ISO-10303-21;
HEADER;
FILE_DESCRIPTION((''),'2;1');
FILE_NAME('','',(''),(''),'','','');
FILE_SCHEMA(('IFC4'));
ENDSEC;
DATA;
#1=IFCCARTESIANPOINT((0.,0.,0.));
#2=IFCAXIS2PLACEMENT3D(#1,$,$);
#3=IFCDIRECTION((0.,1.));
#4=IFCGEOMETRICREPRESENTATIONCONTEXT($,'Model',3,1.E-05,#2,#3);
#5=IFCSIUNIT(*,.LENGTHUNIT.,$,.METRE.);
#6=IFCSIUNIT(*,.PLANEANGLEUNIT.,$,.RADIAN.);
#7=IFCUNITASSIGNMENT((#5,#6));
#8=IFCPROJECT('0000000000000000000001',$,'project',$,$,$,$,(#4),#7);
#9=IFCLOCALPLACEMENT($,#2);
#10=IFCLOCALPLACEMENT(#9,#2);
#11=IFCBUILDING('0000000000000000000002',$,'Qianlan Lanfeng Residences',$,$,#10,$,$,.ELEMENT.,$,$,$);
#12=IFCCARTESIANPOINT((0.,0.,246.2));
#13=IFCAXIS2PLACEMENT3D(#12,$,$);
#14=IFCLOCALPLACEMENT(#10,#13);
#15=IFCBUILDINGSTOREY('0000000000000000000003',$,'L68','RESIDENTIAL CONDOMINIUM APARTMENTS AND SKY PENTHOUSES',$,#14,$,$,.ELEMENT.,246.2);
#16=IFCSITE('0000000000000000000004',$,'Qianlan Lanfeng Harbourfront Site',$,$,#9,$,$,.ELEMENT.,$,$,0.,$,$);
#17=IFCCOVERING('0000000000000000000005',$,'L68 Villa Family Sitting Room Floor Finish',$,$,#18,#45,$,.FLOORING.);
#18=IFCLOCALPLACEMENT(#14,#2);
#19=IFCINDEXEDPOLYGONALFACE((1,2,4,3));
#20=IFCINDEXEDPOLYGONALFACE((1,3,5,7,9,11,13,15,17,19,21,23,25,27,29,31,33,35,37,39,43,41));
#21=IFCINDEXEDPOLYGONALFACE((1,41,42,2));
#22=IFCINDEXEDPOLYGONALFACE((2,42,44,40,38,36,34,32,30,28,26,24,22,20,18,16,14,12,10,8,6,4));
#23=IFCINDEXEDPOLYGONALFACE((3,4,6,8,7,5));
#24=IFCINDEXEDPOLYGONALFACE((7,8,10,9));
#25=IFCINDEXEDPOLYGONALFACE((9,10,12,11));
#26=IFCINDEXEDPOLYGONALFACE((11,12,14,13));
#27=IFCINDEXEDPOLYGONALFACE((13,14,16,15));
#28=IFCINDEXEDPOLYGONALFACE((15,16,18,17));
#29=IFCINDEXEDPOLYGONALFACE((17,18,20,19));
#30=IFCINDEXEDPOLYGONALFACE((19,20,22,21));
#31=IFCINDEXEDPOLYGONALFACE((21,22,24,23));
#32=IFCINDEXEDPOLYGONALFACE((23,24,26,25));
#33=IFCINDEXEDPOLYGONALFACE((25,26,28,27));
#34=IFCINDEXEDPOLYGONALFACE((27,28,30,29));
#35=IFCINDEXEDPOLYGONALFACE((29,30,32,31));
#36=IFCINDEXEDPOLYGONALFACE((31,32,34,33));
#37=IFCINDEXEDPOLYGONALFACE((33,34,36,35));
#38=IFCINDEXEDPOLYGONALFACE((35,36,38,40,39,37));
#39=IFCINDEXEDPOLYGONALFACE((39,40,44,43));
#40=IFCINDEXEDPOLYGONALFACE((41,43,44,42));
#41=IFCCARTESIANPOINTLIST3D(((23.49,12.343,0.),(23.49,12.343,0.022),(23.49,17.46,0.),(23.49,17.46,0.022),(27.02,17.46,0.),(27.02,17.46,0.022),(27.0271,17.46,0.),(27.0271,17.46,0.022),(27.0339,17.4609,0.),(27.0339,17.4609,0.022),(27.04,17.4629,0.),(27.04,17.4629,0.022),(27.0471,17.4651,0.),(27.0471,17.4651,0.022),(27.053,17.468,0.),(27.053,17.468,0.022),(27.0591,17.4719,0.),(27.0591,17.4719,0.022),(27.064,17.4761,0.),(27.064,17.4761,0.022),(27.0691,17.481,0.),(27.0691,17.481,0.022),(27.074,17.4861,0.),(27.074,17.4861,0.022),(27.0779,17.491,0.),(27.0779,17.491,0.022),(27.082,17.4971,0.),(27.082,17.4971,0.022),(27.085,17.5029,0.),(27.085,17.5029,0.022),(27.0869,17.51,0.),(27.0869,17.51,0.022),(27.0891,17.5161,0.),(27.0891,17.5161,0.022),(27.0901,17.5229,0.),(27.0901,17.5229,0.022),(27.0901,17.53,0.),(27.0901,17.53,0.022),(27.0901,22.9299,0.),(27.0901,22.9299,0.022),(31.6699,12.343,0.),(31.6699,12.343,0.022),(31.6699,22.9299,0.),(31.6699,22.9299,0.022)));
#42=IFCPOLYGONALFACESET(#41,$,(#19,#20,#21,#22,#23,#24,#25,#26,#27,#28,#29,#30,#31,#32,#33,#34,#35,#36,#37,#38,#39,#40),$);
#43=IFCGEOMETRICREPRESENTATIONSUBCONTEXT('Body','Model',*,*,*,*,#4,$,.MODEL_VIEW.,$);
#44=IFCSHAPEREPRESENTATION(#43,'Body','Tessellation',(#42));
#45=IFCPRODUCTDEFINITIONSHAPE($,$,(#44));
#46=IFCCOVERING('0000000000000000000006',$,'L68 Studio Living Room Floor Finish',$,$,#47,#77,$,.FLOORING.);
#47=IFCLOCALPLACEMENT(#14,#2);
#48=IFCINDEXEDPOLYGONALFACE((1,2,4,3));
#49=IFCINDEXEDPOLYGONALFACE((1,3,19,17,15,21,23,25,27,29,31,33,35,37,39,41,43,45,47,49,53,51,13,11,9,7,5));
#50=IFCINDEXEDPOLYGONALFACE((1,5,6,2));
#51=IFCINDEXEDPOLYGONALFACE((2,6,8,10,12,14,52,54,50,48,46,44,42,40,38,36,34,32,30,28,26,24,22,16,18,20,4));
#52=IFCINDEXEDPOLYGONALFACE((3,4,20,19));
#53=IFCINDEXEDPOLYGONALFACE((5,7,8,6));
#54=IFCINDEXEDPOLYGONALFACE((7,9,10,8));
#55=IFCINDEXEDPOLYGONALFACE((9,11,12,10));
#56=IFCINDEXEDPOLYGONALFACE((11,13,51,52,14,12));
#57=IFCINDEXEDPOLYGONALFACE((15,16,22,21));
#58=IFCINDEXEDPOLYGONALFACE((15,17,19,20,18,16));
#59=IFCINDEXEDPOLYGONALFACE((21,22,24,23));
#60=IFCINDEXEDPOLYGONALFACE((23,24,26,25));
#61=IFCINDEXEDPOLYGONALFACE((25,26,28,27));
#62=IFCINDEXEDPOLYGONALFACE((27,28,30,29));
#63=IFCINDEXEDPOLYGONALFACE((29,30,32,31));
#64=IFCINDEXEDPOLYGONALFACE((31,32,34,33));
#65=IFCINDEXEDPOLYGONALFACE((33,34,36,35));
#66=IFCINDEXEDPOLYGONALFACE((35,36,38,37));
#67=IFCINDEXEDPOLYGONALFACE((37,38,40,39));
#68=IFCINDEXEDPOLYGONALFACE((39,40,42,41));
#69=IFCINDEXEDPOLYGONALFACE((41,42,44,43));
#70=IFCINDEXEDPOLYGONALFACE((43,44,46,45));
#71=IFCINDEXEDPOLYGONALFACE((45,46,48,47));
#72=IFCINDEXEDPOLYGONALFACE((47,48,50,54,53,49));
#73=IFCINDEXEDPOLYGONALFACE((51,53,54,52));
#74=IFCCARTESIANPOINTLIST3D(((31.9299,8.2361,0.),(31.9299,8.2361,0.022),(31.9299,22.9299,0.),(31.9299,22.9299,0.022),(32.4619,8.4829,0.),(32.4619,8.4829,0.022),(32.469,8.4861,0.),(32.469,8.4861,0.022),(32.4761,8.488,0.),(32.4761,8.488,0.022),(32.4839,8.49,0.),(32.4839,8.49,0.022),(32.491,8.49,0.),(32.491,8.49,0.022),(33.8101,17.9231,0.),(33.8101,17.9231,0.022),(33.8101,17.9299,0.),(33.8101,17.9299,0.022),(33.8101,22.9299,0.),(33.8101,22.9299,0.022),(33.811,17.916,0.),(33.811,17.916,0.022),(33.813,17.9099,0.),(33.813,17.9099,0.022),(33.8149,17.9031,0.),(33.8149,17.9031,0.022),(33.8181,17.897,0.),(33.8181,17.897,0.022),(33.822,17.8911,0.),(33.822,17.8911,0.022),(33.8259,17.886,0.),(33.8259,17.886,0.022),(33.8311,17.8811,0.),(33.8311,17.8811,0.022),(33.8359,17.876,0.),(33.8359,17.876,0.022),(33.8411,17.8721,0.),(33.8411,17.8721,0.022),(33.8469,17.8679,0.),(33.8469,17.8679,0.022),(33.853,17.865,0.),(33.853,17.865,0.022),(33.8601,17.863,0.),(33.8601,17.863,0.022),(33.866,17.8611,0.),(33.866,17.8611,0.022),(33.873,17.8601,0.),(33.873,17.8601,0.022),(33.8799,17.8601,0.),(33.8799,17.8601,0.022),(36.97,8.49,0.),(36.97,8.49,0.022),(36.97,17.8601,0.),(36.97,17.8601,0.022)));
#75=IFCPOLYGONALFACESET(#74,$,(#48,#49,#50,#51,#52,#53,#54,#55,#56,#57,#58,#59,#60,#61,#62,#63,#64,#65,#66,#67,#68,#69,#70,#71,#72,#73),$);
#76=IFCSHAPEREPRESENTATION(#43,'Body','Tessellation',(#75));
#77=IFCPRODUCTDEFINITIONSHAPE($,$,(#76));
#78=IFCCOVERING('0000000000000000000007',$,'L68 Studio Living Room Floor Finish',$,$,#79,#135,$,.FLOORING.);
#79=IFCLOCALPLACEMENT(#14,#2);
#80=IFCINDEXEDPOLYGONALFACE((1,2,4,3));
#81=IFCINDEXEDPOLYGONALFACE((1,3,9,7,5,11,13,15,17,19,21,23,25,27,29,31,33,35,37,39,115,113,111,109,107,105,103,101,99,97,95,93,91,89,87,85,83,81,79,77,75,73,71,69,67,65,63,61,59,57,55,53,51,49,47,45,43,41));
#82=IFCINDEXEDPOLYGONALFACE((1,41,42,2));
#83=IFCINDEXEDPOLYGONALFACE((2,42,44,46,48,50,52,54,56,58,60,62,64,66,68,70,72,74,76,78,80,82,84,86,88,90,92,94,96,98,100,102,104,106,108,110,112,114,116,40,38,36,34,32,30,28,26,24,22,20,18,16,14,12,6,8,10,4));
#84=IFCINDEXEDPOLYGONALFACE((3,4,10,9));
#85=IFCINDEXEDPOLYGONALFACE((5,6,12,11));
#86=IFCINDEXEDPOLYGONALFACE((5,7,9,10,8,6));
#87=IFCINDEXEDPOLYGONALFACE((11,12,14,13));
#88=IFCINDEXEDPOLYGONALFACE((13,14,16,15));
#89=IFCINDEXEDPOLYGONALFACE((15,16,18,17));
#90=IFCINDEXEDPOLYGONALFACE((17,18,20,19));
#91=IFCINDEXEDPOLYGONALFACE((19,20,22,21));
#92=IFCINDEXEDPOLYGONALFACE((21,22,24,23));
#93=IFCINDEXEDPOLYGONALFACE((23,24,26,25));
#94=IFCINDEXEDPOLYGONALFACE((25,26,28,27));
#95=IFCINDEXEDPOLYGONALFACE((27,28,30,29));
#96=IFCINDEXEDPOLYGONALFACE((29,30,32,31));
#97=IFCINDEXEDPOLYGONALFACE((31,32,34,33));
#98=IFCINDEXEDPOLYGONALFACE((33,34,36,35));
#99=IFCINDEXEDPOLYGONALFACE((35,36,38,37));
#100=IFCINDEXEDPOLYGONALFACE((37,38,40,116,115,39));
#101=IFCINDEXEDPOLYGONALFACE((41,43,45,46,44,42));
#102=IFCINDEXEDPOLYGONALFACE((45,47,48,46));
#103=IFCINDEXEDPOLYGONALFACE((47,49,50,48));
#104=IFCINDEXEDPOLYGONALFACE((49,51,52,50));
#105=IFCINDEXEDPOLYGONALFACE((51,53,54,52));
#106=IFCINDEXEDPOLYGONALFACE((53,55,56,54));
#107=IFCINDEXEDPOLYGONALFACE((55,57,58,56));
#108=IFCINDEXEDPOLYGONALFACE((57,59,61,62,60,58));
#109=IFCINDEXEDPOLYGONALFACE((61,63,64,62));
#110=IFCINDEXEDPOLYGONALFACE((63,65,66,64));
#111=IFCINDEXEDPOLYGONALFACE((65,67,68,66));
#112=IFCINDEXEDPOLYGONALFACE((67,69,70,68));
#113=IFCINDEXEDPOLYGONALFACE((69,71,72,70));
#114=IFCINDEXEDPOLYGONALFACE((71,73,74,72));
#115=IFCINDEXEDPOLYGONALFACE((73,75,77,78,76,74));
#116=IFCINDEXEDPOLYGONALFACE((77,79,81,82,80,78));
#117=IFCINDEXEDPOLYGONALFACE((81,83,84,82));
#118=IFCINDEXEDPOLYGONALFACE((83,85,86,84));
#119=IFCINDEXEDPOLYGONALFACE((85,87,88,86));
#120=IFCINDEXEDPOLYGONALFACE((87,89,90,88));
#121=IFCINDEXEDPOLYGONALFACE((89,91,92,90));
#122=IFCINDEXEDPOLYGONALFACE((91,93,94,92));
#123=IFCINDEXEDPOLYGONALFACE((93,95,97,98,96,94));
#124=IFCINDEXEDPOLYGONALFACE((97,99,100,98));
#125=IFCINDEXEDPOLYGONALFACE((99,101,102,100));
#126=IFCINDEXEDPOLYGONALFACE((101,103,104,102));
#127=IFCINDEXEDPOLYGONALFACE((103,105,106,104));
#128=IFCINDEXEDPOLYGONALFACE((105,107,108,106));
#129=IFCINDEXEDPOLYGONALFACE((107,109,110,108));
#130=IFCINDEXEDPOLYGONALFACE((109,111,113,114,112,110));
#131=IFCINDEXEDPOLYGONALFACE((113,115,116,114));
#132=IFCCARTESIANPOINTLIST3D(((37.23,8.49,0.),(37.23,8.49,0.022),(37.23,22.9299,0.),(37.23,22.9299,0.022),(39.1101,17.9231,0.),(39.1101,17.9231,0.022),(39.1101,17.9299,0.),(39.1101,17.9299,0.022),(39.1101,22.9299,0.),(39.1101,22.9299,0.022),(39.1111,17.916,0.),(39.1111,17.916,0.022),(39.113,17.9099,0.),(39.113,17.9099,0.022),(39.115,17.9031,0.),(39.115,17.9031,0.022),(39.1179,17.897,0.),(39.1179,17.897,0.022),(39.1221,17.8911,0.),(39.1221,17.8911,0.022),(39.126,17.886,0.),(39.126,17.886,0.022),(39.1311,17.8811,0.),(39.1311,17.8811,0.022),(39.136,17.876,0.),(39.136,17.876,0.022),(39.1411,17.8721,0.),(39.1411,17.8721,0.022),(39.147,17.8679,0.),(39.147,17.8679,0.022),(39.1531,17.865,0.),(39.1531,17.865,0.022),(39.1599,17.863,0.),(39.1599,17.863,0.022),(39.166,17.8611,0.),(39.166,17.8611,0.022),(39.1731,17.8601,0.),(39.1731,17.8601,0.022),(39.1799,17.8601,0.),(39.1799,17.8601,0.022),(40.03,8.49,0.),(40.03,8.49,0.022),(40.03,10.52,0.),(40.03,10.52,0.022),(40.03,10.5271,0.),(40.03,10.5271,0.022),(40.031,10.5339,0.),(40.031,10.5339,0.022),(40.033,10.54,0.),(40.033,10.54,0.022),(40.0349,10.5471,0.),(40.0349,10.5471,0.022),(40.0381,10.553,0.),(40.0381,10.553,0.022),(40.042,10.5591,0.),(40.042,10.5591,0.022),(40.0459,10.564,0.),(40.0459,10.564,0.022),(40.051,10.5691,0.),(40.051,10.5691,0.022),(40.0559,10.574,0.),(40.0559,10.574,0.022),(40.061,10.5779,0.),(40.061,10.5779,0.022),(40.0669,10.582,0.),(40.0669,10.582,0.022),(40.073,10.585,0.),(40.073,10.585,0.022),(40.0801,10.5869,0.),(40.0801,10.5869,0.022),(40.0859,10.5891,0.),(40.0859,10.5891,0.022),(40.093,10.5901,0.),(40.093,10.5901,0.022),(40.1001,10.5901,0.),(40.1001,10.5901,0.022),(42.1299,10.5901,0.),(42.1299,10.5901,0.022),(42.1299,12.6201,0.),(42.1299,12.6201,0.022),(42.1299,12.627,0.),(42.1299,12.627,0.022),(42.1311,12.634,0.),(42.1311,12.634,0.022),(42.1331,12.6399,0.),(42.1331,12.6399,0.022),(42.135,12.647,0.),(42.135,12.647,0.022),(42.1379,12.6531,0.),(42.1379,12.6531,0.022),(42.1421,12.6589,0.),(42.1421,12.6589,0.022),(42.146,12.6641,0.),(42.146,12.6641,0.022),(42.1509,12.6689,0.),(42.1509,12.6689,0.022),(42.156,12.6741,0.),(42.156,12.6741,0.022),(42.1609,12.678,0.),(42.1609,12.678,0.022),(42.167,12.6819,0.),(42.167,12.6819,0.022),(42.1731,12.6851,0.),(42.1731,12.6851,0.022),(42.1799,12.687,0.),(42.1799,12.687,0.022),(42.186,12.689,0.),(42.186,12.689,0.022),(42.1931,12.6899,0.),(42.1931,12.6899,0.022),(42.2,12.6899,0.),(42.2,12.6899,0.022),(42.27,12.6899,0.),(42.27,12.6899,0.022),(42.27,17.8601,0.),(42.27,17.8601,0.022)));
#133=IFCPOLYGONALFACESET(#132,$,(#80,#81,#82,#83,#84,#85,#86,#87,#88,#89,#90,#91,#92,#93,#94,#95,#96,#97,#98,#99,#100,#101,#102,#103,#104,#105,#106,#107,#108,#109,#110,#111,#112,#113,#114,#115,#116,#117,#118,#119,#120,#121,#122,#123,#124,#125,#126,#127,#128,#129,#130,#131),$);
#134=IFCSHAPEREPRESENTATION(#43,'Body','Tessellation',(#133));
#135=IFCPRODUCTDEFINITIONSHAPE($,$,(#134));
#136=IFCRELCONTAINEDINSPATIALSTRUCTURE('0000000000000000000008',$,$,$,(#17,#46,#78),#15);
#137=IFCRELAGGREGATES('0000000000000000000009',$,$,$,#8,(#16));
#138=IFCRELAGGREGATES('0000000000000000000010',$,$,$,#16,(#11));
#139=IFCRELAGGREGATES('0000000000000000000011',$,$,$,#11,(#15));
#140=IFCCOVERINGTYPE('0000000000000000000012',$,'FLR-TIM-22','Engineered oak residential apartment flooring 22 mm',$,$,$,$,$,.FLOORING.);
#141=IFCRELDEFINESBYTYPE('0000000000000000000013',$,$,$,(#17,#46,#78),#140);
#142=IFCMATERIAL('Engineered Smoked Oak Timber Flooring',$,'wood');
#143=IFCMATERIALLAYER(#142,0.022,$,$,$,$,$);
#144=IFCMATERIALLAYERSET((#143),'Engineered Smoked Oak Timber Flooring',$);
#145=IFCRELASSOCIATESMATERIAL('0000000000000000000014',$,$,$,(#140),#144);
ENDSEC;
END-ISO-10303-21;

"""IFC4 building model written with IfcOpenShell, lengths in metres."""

from ifc_helpers import new_model, si_unit, direction, frame, origin, place, context, subcontext, project, spatial, polyline, outline, extrude, material, layer, layer_set, type_object, element, save


model = new_model("IFC4")

# Units and contexts
model_context = context("Model", 3, precision=1e-05, world=origin(), true_north=direction((0.0, 1.0)))
body_context = subcontext(model_context, "Body", "Model", "MODEL_VIEW")
ifc_project = project(units=[si_unit("LENGTHUNIT", "METRE"), si_unit("PLANEANGLEUNIT", "RADIAN")], contexts=[model_context])

# Site, building, storey
site_placement = place(None, origin())
site = spatial("IfcSite", under=ifc_project, at=site_placement, Name="Qianlan Lanfeng Harbourfront Site", CompositionType="ELEMENT", RefElevation=0.0)
building_placement = place(site_placement, origin())
building = spatial("IfcBuilding", under=site, at=building_placement, Name="Qianlan Lanfeng Residences", CompositionType="ELEMENT")
storey_placement = place(building_placement, frame((0.0, 0.0, 246.2)))
storey = spatial("IfcBuildingStorey", under=building, at=storey_placement, Name="L68", Description="RESIDENTIAL CONDOMINIUM APARTMENTS AND SKY PENTHOUSES", CompositionType="ELEMENT", Elevation=246.2)

# Coverings
ifc_material_1 = material(Name="Engineered Smoked Oak Timber Flooring", Category="wood")
ifc_layer_1 = layer(ifc_material_1, 0.022)
ifc_layer_set_1 = layer_set([ifc_layer_1], Name="Engineered Smoked Oak Timber Flooring")
covering_type_1 = type_object("IfcCoveringType", Name="FLR-TIM-22", Description="Engineered oak residential apartment flooring 22 mm", PredefinedType="FLOORING", material=ifc_layer_set_1)
covering_1_placement = place(storey_placement, origin())
element("IfcCovering", 1, at=covering_1_placement, inside=storey, type_object=covering_type_1, Name="L68 Villa Family Sitting Room Floor Finish", PredefinedType="FLOORING", context=body_context, shape_type="SweptSolid", body=[
    extrude(outline(polyline([(23.49, 12.343), (31.6699, 12.343), (31.6699, 22.9299), (27.0901, 22.9299), (27.0901, 17.53), (27.0901, 17.5229), (27.0891, 17.5161), (27.0869, 17.51), (27.085, 17.5029), (27.082, 17.4971), (27.0779, 17.491), (27.074, 17.4861), (27.0691, 17.481), (27.064, 17.4761), (27.0591, 17.4719), (27.053, 17.468), (27.0471, 17.4651), (27.04, 17.4629), (27.0339, 17.4609), (27.0271, 17.46), (27.02, 17.46), (23.49, 17.46), (23.49, 12.343)])), origin(), (0.0, 0.0, 1.0), 0.022),
])
covering_2_placement = place(storey_placement, origin())
element("IfcCovering", 2, at=covering_2_placement, inside=storey, type_object=covering_type_1, Name="L68 Studio Living Room Floor Finish", PredefinedType="FLOORING", context=body_context, shape_type="SweptSolid", body=[
    extrude(outline(polyline([(36.97, 8.49), (36.97, 17.8601), (33.8799, 17.8601), (33.873, 17.8601), (33.866, 17.8611), (33.8601, 17.863), (33.853, 17.865), (33.8469, 17.8679), (33.8411, 17.8721), (33.8359, 17.876), (33.8311, 17.8811), (33.8259, 17.886), (33.822, 17.8911), (33.8181, 17.897), (33.8149, 17.9031), (33.813, 17.9099), (33.811, 17.916), (33.8101, 17.9231), (33.8101, 17.9299), (33.8101, 22.9299), (31.9299, 22.9299), (31.9299, 8.2361), (32.4619, 8.4829), (32.469, 8.4861), (32.4761, 8.488), (32.4839, 8.49), (32.491, 8.49), (36.97, 8.49)])), origin(), (0.0, 0.0, 1.0), 0.022),
])
covering_3_placement = place(storey_placement, origin())
element("IfcCovering", 3, at=covering_3_placement, inside=storey, type_object=covering_type_1, Name="L68 Studio Living Room Floor Finish", PredefinedType="FLOORING", context=body_context, shape_type="SweptSolid", body=[
    extrude(outline(polyline([(42.27, 12.6899), (42.27, 17.8601), (39.1799, 17.8601), (39.1731, 17.8601), (39.166, 17.8611), (39.1599, 17.863), (39.1531, 17.865), (39.147, 17.8679), (39.1411, 17.8721), (39.136, 17.876), (39.1311, 17.8811), (39.126, 17.886), (39.1221, 17.8911), (39.1179, 17.897), (39.115, 17.9031), (39.113, 17.9099), (39.1111, 17.916), (39.1101, 17.9231), (39.1101, 17.9299), (39.1101, 22.9299), (37.23, 22.9299), (37.23, 8.49), (40.03, 8.49), (40.03, 10.52), (40.03, 10.5271), (40.031, 10.5339), (40.033, 10.54), (40.0349, 10.5471), (40.0381, 10.553), (40.042, 10.5591), (40.0459, 10.564), (40.051, 10.5691), (40.0559, 10.574), (40.061, 10.5779), (40.0669, 10.582), (40.073, 10.585), (40.0801, 10.5869), (40.0859, 10.5891), (40.093, 10.5901), (40.1001, 10.5901), (42.1299, 10.5901), (42.1299, 12.6201), (42.1299, 12.627), (42.1311, 12.634), (42.1331, 12.6399), (42.135, 12.647), (42.1379, 12.6531), (42.1421, 12.6589), (42.146, 12.6641), (42.1509, 12.6689), (42.156, 12.6741), (42.1609, 12.678), (42.167, 12.6819), (42.1731, 12.6851), (42.1799, 12.687), (42.186, 12.689), (42.1931, 12.6899), (42.2, 12.6899), (42.27, 12.6899)])), origin(), (0.0, 0.0, 1.0), 0.022),
])

save(model, "model.ifc")
